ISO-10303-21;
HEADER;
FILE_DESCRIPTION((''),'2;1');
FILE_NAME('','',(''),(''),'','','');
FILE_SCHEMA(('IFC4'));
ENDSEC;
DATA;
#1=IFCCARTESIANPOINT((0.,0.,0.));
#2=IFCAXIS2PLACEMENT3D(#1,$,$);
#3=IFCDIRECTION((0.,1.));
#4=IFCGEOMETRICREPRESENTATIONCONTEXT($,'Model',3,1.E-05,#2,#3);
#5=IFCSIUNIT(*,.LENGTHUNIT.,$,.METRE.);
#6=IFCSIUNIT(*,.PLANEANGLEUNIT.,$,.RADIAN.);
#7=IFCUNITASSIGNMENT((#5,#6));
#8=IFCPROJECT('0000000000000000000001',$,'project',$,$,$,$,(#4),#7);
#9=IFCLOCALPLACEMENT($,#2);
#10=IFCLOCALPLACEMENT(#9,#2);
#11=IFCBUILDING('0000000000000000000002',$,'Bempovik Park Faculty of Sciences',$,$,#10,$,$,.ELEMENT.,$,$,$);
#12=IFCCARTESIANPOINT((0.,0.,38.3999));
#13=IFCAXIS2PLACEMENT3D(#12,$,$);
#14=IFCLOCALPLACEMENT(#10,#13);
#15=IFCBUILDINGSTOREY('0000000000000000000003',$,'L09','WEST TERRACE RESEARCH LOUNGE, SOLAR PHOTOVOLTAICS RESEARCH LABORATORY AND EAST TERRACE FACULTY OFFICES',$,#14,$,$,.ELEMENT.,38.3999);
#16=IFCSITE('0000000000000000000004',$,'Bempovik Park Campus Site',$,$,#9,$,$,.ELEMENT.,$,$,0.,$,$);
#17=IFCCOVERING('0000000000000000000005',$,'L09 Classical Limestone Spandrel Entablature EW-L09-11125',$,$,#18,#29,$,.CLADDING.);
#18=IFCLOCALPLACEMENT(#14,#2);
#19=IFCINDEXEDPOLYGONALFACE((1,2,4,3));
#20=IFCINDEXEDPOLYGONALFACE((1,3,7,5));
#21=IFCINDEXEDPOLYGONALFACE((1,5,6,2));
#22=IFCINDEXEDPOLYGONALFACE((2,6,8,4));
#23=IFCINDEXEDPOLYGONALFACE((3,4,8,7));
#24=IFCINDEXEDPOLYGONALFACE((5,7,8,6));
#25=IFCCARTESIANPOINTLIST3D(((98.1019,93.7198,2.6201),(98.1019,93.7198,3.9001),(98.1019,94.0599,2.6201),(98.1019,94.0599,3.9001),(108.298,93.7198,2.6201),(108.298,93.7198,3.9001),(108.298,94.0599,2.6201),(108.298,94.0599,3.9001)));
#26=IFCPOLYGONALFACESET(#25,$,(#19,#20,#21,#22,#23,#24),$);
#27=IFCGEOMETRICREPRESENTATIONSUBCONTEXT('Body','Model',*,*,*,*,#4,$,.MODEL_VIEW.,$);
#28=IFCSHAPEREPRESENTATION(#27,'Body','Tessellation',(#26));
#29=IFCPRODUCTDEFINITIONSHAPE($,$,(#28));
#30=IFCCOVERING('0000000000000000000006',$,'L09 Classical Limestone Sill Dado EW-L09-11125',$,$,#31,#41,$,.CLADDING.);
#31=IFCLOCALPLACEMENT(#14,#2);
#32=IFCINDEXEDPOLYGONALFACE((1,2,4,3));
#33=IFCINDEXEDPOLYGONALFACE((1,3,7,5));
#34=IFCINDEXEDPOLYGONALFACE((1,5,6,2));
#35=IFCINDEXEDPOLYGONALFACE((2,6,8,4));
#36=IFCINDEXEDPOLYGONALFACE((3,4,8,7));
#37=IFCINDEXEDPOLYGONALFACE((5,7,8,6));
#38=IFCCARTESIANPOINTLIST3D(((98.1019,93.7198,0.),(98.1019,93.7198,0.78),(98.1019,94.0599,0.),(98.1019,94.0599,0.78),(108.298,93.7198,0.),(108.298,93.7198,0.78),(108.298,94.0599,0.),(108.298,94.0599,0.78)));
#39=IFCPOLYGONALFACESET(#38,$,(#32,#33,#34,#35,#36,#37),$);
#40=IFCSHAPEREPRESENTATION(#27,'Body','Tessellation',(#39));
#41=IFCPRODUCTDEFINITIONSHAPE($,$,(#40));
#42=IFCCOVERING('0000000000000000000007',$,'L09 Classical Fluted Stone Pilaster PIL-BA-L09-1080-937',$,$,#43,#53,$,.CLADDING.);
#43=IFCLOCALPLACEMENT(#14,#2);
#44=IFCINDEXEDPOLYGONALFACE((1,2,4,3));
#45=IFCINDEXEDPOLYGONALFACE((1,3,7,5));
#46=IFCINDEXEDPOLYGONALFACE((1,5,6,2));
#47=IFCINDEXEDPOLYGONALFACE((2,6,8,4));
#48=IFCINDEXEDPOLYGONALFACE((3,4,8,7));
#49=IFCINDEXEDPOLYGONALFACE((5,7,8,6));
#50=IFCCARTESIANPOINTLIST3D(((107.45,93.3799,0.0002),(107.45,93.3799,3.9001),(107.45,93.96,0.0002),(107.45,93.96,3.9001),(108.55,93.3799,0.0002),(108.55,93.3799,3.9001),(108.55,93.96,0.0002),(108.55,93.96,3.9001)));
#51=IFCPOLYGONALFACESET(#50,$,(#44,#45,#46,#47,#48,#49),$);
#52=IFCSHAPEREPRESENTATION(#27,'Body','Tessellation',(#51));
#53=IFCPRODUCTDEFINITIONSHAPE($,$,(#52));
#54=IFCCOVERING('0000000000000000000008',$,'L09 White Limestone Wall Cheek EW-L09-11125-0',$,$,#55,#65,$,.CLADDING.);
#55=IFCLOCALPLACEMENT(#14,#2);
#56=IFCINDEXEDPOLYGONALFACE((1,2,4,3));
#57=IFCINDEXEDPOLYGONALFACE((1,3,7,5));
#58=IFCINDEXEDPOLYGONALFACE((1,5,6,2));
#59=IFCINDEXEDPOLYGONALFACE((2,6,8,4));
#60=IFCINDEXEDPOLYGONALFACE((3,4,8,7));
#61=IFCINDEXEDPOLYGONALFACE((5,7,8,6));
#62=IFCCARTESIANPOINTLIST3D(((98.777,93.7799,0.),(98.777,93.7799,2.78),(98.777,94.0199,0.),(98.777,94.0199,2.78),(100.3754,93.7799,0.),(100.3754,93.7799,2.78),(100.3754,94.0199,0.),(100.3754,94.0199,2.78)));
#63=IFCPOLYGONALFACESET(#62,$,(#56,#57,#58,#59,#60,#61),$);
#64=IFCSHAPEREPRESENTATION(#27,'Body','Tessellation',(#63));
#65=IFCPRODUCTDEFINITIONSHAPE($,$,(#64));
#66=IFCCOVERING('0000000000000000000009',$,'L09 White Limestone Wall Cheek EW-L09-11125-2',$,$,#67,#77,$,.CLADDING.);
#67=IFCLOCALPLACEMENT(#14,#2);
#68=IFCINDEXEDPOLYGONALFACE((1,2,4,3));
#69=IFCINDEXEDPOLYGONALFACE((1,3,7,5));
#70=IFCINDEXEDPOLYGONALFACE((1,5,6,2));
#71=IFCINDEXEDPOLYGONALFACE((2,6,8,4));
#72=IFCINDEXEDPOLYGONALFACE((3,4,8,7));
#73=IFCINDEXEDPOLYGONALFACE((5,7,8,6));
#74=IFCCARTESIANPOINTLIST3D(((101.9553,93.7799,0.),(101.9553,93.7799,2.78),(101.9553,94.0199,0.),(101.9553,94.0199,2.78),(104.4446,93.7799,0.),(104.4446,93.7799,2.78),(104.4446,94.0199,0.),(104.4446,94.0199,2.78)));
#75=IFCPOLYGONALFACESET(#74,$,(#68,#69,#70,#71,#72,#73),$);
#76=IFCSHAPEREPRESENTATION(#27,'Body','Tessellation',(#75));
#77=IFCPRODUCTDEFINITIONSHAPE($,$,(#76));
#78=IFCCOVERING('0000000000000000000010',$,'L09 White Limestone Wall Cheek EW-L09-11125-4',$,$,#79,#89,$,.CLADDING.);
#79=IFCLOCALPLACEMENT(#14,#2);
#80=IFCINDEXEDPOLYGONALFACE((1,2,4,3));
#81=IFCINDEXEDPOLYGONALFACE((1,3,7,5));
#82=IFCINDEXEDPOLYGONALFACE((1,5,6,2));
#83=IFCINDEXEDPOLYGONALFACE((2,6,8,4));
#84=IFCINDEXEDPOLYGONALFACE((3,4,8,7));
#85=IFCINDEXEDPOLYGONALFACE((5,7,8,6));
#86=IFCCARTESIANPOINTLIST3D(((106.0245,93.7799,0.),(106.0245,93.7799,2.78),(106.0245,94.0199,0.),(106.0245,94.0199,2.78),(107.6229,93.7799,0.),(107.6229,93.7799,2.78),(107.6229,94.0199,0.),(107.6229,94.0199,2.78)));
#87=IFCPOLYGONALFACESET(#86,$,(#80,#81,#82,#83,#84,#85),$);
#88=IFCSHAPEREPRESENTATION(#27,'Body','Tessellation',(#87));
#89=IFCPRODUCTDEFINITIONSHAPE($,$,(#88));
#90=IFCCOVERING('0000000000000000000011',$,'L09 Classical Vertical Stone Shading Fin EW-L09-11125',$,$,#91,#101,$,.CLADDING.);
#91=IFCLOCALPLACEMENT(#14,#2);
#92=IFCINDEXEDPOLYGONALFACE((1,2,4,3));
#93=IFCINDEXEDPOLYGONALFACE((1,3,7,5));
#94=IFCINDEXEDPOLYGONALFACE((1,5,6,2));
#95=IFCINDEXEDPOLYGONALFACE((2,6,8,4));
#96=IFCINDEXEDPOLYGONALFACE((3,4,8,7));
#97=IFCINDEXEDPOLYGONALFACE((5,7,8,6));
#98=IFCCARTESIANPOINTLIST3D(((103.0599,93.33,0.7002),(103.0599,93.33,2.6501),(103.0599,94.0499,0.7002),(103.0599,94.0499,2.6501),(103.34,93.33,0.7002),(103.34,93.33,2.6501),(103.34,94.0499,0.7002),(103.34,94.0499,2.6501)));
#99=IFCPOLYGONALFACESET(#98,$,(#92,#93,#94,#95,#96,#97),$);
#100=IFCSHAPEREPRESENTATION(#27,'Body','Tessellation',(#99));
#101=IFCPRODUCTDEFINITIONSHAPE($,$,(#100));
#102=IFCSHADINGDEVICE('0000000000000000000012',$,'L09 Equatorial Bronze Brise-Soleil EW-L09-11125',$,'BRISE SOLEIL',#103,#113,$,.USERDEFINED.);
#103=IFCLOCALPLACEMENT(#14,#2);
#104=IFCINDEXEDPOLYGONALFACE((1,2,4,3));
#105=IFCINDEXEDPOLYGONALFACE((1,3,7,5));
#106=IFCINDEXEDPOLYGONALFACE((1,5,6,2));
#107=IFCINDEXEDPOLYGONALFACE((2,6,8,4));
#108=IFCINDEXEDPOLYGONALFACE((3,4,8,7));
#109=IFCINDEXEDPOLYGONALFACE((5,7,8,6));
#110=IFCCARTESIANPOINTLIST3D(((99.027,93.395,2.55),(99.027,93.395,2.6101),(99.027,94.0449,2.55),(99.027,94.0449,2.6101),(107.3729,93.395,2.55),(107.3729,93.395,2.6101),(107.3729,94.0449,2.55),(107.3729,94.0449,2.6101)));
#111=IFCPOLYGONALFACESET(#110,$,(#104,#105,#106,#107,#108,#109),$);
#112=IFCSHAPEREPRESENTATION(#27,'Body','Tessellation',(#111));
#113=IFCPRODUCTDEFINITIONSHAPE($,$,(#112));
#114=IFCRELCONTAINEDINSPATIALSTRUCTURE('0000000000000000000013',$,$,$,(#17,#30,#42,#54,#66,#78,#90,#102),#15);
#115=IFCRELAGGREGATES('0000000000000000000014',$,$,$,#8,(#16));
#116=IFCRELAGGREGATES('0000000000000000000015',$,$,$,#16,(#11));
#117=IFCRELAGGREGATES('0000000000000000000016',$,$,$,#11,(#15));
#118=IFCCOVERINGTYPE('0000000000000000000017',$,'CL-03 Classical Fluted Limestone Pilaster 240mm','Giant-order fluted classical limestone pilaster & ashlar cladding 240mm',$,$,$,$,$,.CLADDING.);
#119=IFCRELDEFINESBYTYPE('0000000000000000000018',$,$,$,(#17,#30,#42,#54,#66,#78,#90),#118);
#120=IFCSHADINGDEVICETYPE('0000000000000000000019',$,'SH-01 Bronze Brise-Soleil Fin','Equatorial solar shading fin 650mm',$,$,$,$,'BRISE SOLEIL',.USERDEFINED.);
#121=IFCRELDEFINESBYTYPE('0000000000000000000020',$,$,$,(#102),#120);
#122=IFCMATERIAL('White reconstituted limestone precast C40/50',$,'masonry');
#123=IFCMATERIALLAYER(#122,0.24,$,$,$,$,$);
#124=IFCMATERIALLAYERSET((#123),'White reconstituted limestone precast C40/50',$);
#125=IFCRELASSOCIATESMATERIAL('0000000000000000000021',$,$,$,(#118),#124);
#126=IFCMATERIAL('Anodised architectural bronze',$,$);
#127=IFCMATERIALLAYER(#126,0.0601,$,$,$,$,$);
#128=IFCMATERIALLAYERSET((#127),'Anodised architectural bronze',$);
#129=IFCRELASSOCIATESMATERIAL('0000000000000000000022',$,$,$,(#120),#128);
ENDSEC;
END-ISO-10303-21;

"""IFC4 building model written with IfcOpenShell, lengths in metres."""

from ifc_helpers import new_model, si_unit, direction, frame, origin, origin_2d, place, context, subcontext, project, spatial, rectangle, extrude, material, layer, layer_set, type_object, element, save


model = new_model("IFC4")

# Units and contexts
model_context = context("Model", 3, precision=1e-05, world=origin(), true_north=direction((0.0, 1.0)))
body_context = subcontext(model_context, "Body", "Model", "MODEL_VIEW")
ifc_project = project(units=[si_unit("LENGTHUNIT", "METRE"), si_unit("PLANEANGLEUNIT", "RADIAN")], contexts=[model_context])

# Site, building, storey
site_placement = place(None, origin())
site = spatial("IfcSite", under=ifc_project, at=site_placement, Name="Bempovik Park Campus Site", CompositionType="ELEMENT", RefElevation=0.0)
building_placement = place(site_placement, origin())
building = spatial("IfcBuilding", under=site, at=building_placement, Name="Bempovik Park Faculty of Sciences", CompositionType="ELEMENT")
storey_placement = place(building_placement, frame((0.0, 0.0, 38.3999)))
storey = spatial("IfcBuildingStorey", under=building, at=storey_placement, Name="L09", Description="WEST TERRACE RESEARCH LOUNGE, SOLAR PHOTOVOLTAICS RESEARCH LABORATORY AND EAST TERRACE FACULTY OFFICES", CompositionType="ELEMENT", Elevation=38.3999)

# Shared definitions
ifc_material_1 = material(Name="Anodised architectural bronze")

# Coverings
ifc_material_2 = material(Name="White reconstituted limestone precast C40/50", Category="masonry")
ifc_layer_1 = layer(ifc_material_2, 0.24)
ifc_layer_set_1 = layer_set([ifc_layer_1], Name="White reconstituted limestone precast C40/50")
covering_type_1 = type_object("IfcCoveringType", Name="CL-03 Classical Fluted Limestone Pilaster 240mm", Description="Giant-order fluted classical limestone pilaster & ashlar cladding 240mm", PredefinedType="CLADDING", material=ifc_layer_set_1)
covering_1_placement = place(storey_placement, frame((103.2, 93.8899, 2.6201), z_axis=(0.0, 0.0, 1.0), x_axis=(1.0, 0.0, 0.0)))
element("IfcCovering", 1, at=covering_1_placement, inside=storey, type_object=covering_type_1, Name="L09 Classical Limestone Spandrel Entablature EW-L09-11125", PredefinedType="CLADDING", context=body_context, shape_type="SweptSolid", body=[
    extrude(rectangle(XDim=10.196, YDim=0.3401, at=origin_2d()), origin(), (0.0, 0.0, 1.0), 1.28),
])
covering_2_placement = place(storey_placement, frame((103.2, 93.8899, 0.0), z_axis=(0.0, 0.0, 1.0), x_axis=(1.0, 0.0, 0.0)))
element("IfcCovering", 2, at=covering_2_placement, inside=storey, type_object=covering_type_1, Name="L09 Classical Limestone Sill Dado EW-L09-11125", PredefinedType="CLADDING", context=body_context, shape_type="SweptSolid", body=[
    extrude(rectangle(XDim=10.196, YDim=0.3401, at=origin_2d()), origin(), (0.0, 0.0, 1.0), 0.78),
])
covering_3_placement = place(storey_placement, frame((108.0, 93.6699, 0.0002), z_axis=(0.0, 0.0, 1.0), x_axis=(1.0, 0.0, 0.0)))
element("IfcCovering", 3, at=covering_3_placement, inside=storey, type_object=covering_type_1, Name="L09 Classical Fluted Stone Pilaster PIL-BA-L09-1080-937", PredefinedType="CLADDING", context=body_context, shape_type="SweptSolid", body=[
    extrude(rectangle(XDim=1.1001, YDim=0.5801, at=origin_2d()), origin(), (0.0, 0.0, 1.0), 3.8999),
])
covering_4_placement = place(storey_placement, frame((99.5762, 93.8999, 0.0), z_axis=(0.0, 0.0, 1.0), x_axis=(1.0, 0.0, 0.0)))
element("IfcCovering", 4, at=covering_4_placement, inside=storey, type_object=covering_type_1, Name="L09 White Limestone Wall Cheek EW-L09-11125-0", PredefinedType="CLADDING", context=body_context, shape_type="SweptSolid", body=[
    extrude(rectangle(XDim=1.5984, YDim=0.24, at=origin_2d()), origin(), (0.0, 0.0, 1.0), 2.78),
])
covering_5_placement = place(storey_placement, frame((103.2, 93.8999, 0.0), z_axis=(0.0, 0.0, 1.0), x_axis=(1.0, 0.0, 0.0)))
element("IfcCovering", 5, at=covering_5_placement, inside=storey, type_object=covering_type_1, Name="L09 White Limestone Wall Cheek EW-L09-11125-2", PredefinedType="CLADDING", context=body_context, shape_type="SweptSolid", body=[
    extrude(rectangle(XDim=2.4893, YDim=0.24, at=origin_2d()), origin(), (0.0, 0.0, 1.0), 2.78),
])
covering_6_placement = place(storey_placement, frame((106.8237, 93.8999, 0.0), z_axis=(0.0, 0.0, 1.0), x_axis=(1.0, 0.0, 0.0)))
element("IfcCovering", 6, at=covering_6_placement, inside=storey, type_object=covering_type_1, Name="L09 White Limestone Wall Cheek EW-L09-11125-4", PredefinedType="CLADDING", context=body_context, shape_type="SweptSolid", body=[
    extrude(rectangle(XDim=1.5984, YDim=0.24, at=origin_2d()), origin(), (0.0, 0.0, 1.0), 2.78),
])
covering_7_placement = place(storey_placement, frame((103.2, 93.6899, 0.7002), z_axis=(0.0, 0.0, 1.0), x_axis=(1.0, 0.0, 0.0)))
element("IfcCovering", 7, at=covering_7_placement, inside=storey, type_object=covering_type_1, Name="L09 Classical Vertical Stone Shading Fin EW-L09-11125", PredefinedType="CLADDING", context=body_context, shape_type="SweptSolid", body=[
    extrude(rectangle(XDim=0.28, YDim=0.72, at=origin_2d()), origin(), (0.0, 0.0, 1.0), 1.95),
])

# Shading device
ifc_layer_2 = layer(ifc_material_1, 0.0601)
ifc_layer_set_2 = layer_set([ifc_layer_2], Name="Anodised architectural bronze")
shading_device_type = type_object("IfcShadingDeviceType", Name="SH-01 Bronze Brise-Soleil Fin", Description="Equatorial solar shading fin 650mm", ElementType="BRISE SOLEIL", PredefinedType="USERDEFINED", material=ifc_layer_set_2)
shading_device_placement = place(storey_placement, frame((103.2, 93.72, 2.55), z_axis=(0.0, 0.0, 1.0), x_axis=(1.0, 0.0, 0.0)))
element("IfcShadingDevice", 8, at=shading_device_placement, inside=storey, type_object=shading_device_type, Name="L09 Equatorial Bronze Brise-Soleil EW-L09-11125", ObjectType="BRISE SOLEIL", PredefinedType="USERDEFINED", context=body_context, shape_type="SweptSolid", body=[
    extrude(rectangle(XDim=8.3459, YDim=0.6499, at=origin_2d()), origin(), (0.0, 0.0, 1.0), 0.0601),
])

save(model, "model.ifc")
